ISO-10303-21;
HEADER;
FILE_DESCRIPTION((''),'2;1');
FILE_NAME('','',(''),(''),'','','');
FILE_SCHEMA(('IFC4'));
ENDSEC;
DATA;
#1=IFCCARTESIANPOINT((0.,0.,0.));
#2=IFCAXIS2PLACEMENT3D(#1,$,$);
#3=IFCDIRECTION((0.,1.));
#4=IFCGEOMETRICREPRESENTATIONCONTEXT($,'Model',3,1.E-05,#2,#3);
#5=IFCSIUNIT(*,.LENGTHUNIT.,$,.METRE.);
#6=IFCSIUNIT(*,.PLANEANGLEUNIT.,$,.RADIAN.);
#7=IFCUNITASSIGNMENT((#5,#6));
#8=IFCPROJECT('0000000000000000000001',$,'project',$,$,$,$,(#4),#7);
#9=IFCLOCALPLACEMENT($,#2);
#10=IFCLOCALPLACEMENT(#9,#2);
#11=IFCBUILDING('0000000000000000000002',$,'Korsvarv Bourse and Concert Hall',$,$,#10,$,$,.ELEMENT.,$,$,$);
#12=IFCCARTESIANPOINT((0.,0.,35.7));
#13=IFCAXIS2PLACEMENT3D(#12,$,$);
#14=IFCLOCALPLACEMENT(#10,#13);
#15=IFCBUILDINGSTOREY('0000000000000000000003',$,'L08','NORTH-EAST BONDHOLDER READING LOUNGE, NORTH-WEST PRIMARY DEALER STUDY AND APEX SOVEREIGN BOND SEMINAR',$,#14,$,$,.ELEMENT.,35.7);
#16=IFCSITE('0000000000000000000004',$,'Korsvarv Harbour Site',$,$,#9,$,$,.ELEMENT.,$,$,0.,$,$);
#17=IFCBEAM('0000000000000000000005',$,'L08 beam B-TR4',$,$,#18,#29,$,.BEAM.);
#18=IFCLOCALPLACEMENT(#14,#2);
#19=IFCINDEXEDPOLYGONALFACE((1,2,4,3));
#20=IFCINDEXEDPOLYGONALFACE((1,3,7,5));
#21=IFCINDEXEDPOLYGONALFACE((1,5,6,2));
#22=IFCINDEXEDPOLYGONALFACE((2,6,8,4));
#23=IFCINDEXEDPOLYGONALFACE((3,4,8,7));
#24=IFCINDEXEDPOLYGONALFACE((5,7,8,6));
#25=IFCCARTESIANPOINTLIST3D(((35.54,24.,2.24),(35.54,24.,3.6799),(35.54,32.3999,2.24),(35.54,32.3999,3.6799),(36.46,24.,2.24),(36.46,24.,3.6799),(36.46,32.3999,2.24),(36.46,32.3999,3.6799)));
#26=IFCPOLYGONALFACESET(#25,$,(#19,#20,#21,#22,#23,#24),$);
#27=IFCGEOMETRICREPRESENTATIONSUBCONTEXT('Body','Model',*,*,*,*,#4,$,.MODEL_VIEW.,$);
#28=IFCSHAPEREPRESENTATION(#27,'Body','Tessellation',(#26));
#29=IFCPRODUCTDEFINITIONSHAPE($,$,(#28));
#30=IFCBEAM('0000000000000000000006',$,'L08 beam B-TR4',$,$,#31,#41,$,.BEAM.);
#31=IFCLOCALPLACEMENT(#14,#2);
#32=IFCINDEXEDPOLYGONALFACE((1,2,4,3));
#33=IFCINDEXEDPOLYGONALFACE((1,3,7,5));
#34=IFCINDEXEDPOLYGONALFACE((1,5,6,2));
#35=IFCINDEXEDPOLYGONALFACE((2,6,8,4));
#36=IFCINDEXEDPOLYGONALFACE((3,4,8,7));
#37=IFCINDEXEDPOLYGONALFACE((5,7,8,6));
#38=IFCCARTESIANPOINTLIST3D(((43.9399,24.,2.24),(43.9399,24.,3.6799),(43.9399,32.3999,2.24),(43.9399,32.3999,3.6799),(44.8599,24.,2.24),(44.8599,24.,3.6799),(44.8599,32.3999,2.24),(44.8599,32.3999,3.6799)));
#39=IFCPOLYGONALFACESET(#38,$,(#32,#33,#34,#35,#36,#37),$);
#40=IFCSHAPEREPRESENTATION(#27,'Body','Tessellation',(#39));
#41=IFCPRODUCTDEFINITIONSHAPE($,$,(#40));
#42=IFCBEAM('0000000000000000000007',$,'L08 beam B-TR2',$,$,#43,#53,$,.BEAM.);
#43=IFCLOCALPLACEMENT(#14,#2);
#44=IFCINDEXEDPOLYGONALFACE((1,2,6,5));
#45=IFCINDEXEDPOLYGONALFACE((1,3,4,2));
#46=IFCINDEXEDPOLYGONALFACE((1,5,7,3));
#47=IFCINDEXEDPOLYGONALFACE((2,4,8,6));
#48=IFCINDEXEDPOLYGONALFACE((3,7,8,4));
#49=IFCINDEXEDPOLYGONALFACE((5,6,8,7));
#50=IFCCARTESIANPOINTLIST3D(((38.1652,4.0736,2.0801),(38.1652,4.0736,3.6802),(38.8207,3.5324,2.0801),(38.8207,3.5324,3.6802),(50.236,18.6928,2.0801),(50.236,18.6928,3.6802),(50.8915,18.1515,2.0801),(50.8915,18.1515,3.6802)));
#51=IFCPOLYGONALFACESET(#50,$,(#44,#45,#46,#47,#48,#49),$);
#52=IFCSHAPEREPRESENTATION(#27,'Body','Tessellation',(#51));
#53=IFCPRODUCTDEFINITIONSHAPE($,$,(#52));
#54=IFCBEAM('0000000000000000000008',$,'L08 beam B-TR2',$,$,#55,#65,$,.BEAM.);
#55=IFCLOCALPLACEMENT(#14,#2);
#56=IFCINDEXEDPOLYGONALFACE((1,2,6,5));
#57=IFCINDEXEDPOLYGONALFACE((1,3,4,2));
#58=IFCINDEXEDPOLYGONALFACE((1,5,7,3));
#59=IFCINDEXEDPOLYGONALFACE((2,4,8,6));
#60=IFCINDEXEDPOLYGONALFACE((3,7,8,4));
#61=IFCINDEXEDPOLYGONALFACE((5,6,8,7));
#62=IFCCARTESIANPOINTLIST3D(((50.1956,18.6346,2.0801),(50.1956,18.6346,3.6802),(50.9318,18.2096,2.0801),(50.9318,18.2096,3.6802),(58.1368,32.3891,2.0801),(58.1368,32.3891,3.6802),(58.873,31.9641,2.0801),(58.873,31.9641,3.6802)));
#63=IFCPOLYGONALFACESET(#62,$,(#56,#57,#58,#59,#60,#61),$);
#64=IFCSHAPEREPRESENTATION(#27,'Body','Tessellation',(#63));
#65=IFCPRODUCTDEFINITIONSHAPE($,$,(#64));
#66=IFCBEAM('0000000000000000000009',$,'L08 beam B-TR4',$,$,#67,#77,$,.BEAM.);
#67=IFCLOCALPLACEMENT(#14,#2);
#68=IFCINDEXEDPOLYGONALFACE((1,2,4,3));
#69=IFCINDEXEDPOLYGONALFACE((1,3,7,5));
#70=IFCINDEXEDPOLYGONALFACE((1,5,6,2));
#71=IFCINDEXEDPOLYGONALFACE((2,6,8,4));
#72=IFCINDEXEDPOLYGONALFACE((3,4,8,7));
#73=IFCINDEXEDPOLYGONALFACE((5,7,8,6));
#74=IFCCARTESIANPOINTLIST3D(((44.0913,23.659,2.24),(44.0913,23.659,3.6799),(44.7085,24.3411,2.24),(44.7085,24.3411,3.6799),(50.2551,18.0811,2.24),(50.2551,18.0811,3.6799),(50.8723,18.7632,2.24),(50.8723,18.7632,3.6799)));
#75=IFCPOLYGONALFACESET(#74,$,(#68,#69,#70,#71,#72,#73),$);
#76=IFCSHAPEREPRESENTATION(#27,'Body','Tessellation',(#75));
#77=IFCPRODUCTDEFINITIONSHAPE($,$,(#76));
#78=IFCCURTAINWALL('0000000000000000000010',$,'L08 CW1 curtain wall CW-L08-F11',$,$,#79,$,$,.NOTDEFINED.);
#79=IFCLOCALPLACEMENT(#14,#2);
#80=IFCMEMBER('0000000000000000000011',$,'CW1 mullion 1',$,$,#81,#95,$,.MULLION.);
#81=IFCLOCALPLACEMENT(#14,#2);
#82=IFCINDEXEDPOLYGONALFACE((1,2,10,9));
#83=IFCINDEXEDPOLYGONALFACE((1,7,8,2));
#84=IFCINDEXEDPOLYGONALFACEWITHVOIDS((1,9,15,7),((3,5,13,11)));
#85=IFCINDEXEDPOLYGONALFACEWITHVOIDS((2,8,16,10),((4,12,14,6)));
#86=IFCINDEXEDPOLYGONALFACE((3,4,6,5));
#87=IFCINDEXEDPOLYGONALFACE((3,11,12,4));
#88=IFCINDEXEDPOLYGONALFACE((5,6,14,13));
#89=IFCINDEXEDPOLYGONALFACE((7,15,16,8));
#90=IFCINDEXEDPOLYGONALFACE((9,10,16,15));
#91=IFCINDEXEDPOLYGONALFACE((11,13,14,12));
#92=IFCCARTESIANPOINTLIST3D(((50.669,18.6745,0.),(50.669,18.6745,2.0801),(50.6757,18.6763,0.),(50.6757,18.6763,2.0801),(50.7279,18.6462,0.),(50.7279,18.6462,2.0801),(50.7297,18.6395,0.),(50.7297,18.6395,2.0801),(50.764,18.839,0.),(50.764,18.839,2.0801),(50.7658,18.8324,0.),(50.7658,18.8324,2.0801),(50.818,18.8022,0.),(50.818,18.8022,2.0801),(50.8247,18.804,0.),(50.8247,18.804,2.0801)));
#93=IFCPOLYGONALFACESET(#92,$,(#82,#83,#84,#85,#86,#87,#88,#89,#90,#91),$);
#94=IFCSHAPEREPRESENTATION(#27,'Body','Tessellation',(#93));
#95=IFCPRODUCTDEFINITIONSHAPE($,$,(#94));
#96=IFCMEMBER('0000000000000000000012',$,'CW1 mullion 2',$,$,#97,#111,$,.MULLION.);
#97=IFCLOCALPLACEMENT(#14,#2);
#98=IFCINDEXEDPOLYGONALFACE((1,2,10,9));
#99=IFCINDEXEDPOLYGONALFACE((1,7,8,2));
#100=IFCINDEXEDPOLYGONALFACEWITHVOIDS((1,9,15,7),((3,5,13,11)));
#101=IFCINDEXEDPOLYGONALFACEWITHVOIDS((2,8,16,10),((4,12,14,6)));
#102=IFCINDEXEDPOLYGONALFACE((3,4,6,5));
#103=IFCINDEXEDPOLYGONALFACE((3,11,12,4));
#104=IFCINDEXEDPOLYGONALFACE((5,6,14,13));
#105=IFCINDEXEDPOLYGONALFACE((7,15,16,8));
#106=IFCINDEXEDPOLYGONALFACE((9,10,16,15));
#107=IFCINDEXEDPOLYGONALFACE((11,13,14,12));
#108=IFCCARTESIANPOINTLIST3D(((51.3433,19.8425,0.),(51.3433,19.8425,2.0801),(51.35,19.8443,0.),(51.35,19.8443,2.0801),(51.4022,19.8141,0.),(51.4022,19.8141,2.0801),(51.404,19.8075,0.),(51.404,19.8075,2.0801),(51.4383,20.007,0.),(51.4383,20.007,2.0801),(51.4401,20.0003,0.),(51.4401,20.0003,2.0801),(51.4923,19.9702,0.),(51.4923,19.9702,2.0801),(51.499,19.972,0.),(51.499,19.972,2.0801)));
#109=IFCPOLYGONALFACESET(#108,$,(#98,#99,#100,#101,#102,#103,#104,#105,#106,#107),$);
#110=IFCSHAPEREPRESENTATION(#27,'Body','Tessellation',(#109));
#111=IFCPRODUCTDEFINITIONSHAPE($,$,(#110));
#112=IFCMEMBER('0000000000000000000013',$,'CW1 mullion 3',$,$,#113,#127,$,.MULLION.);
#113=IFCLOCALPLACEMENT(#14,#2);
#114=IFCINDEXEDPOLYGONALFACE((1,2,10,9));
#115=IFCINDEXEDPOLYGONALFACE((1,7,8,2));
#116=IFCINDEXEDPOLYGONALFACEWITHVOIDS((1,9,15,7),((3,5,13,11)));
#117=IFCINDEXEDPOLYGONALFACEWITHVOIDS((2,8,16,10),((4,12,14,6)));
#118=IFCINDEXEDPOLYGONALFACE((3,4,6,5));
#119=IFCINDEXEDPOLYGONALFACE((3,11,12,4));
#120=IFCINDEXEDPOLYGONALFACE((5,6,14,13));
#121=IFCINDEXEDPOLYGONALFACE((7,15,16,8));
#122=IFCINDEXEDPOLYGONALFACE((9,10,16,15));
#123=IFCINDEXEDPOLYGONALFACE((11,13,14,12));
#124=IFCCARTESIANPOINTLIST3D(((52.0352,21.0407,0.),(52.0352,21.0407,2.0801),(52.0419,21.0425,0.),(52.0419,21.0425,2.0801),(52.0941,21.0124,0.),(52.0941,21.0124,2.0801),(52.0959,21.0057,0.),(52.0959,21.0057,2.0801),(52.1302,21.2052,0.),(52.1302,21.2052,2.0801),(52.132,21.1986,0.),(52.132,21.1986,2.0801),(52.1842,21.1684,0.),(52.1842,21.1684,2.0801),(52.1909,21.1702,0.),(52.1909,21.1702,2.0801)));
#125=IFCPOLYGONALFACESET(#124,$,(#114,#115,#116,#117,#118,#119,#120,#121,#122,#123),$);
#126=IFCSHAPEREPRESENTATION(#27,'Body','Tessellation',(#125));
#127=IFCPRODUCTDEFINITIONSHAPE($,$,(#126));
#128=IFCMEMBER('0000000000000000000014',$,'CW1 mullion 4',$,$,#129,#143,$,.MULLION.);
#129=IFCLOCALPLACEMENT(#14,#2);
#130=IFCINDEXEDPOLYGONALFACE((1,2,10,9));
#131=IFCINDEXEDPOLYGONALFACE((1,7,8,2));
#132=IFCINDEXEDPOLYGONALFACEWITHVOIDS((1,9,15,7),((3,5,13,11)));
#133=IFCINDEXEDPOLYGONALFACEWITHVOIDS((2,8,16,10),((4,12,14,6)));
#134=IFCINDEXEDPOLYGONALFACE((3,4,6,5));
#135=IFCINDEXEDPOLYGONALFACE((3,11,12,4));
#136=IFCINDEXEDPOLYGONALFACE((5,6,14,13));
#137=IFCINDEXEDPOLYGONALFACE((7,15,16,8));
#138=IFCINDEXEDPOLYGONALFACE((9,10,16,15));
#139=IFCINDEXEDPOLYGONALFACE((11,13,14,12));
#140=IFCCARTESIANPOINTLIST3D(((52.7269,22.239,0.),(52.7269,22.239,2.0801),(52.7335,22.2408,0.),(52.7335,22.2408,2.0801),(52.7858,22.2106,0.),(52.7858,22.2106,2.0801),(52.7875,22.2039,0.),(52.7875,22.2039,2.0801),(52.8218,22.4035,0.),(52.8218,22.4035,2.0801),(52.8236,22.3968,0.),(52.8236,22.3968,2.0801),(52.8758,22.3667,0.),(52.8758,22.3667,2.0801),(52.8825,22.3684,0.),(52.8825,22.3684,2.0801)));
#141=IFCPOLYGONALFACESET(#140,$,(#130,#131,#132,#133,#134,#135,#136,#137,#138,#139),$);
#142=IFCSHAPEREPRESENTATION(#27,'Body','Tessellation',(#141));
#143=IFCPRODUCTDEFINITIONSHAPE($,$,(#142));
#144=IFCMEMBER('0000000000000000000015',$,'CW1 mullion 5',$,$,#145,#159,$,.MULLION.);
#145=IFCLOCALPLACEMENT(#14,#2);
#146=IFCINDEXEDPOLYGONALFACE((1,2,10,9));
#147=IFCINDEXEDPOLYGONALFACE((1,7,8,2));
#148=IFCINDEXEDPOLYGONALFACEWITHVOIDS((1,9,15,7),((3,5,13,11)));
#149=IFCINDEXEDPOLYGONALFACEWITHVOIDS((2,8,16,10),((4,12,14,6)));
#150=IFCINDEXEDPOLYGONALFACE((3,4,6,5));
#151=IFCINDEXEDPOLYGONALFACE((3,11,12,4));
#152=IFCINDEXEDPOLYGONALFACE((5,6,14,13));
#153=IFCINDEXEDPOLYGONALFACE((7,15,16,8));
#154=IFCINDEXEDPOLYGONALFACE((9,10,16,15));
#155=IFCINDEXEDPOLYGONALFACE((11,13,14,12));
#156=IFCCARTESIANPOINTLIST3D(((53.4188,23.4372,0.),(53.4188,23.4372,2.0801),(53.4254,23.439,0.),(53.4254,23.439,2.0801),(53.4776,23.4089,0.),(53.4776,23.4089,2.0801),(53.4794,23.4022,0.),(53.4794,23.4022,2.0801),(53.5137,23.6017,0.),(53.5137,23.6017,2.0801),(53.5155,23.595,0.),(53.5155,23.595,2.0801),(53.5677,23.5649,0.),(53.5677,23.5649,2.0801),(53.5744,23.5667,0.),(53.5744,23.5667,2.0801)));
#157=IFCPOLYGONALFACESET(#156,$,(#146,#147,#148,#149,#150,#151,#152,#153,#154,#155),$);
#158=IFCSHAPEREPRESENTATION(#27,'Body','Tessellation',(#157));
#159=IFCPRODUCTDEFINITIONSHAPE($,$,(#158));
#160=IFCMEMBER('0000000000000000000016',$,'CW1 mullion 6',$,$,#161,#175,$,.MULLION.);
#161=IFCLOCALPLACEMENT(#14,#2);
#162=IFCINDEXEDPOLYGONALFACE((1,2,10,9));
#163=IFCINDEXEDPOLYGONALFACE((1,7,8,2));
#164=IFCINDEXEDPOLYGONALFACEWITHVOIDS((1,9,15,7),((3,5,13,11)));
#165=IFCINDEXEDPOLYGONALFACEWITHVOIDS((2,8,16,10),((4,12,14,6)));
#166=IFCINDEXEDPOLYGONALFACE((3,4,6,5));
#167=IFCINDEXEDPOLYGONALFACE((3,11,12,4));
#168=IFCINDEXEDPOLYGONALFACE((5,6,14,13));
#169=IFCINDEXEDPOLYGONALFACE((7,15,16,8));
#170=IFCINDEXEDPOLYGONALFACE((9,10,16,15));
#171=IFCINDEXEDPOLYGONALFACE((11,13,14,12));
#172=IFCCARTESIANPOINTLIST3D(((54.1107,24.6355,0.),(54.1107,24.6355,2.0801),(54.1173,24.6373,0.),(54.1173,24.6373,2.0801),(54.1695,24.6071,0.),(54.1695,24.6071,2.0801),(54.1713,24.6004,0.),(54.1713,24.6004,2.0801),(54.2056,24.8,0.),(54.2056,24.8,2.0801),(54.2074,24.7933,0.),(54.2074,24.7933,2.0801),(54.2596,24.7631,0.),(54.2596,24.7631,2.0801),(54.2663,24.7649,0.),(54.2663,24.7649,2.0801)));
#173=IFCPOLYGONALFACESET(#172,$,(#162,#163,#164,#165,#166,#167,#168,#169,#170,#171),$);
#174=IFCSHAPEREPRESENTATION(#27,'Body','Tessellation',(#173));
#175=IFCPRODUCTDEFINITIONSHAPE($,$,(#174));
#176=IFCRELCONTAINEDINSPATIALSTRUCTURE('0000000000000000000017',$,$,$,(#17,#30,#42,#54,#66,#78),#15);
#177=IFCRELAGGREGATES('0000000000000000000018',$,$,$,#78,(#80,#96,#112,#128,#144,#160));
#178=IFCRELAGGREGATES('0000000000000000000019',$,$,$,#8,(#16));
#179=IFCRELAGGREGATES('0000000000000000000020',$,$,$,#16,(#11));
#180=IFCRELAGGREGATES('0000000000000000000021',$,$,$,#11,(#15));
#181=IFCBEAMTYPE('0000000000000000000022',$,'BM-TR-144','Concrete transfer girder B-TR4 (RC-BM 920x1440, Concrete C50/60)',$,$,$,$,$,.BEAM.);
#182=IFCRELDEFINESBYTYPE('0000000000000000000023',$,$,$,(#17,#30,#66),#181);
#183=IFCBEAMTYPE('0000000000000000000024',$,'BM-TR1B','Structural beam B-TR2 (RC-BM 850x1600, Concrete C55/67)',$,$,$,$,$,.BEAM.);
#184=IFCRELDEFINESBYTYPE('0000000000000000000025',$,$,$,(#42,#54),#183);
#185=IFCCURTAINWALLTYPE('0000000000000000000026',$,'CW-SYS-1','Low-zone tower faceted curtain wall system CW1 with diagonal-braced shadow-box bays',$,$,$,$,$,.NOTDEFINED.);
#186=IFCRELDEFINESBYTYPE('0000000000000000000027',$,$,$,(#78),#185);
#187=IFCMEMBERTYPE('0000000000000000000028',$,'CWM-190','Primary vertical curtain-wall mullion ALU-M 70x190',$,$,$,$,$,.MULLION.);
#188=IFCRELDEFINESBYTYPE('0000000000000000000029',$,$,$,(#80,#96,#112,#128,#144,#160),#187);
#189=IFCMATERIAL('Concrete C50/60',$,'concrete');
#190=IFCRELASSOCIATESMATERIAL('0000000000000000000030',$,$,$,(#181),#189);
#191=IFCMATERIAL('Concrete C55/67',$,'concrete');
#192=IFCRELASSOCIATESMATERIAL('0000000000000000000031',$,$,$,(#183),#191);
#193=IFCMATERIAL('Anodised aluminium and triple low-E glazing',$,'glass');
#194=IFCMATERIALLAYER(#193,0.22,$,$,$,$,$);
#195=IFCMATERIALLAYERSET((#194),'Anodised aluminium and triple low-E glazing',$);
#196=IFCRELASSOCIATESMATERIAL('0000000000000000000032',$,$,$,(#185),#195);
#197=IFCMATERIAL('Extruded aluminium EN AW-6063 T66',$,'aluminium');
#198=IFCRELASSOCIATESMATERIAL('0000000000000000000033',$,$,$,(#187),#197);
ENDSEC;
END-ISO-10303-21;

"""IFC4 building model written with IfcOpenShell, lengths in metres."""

from ifc_helpers import new_model, si_unit, direction, frame, origin, origin_2d, place, context, subcontext, project, spatial, rectangle, hollow_rectangle, extrude, source, transform, mapped, material, layer, layer_set, material_profile, profile_set, type_object, element, aggregate, save


model = new_model("IFC4")

# Units and contexts
model_context = context("Model", 3, precision=1e-05, world=origin(), true_north=direction((0.0, 1.0)))
body_context = subcontext(model_context, "Body", "Model", "MODEL_VIEW")
ifc_project = project(units=[si_unit("LENGTHUNIT", "METRE"), si_unit("PLANEANGLEUNIT", "RADIAN")], contexts=[model_context])

# Site, building, storey
site_placement = place(None, origin())
site = spatial("IfcSite", under=ifc_project, at=site_placement, Name="Korsvarv Harbour Site", CompositionType="ELEMENT", RefElevation=0.0)
building_placement = place(site_placement, origin())
building = spatial("IfcBuilding", under=site, at=building_placement, Name="Korsvarv Bourse and Concert Hall", CompositionType="ELEMENT")
storey_placement = place(building_placement, frame((0.0, 0.0, 35.7)))
storey = spatial("IfcBuildingStorey", under=building, at=storey_placement, Name="L08", Description="NORTH-EAST BONDHOLDER READING LOUNGE, NORTH-WEST PRIMARY DEALER STUDY AND APEX SOVEREIGN BOND SEMINAR", CompositionType="ELEMENT", Elevation=35.7)

# Beams
ifc_material_1 = material(Name="Concrete C50/60", Category="concrete")
ifc_material_profile_1 = material_profile(ifc_material_1, rectangle(XDim=0.9199, YDim=1.4399, at=origin_2d()), Name="RC-BM 920x1440")
ifc_profile_set_1 = profile_set([ifc_material_profile_1], Name="Concrete C50/60")
beam_type_1 = type_object("IfcBeamType", Name="BM-TR-144", Description="Concrete transfer girder B-TR4 (RC-BM 920x1440, Concrete C50/60)", PredefinedType="BEAM", material=ifc_profile_set_1)
shared_shape_1 = source(origin(), body_context, "Body", "SweptSolid", [
    extrude(rectangle(XDim=0.9199, YDim=1.4399, at=origin_2d()), origin(), (0.0, 0.0, 1.0), 8.3999),
])
for number, where, z_axis, x_axis, name in (
    (1, (36.0, 24.0, 2.96), (0.0, 1.0, 0.0), (-1.0, 0.0, 0.0), "L08 beam B-TR4"),
    (2, (44.3999, 24.0, 2.96), (0.0, 1.0, 0.0), (-1.0, 0.0, 0.0), "L08 beam B-TR4"),
):
    element("IfcBeam", number, at=place(storey_placement, frame(where, z_axis=z_axis, x_axis=x_axis)), inside=storey, type_object=beam_type_1, Name=name, PredefinedType="BEAM", context=body_context, shape_type="MappedRepresentation", body=[
        mapped(shared_shape_1, transform((0.0, 0.0, 0.0), scale=1.0)),
    ])
ifc_material_2 = material(Name="Concrete C55/67", Category="concrete")
ifc_material_profile_2 = material_profile(ifc_material_2, rectangle(XDim=0.8501, YDim=1.6001, at=origin_2d()), Name="RC-BM 850x1600")
ifc_profile_set_2 = profile_set([ifc_material_profile_2], Name="Concrete C55/67")
beam_type_2 = type_object("IfcBeamType", Name="BM-TR1B", Description="Structural beam B-TR2 (RC-BM 850x1600, Concrete C55/67)", PredefinedType="BEAM", material=ifc_profile_set_2)
shared_shape_2 = source(origin(), body_context, "Body", "SweptSolid", [
    extrude(rectangle(XDim=0.8501, YDim=1.6001, at=origin_2d()), origin(), (0.0, 0.0, 1.0), 18.9585),
])
beam_1_placement = place(storey_placement, frame((38.4929, 3.803, 2.8801), z_axis=(0.636697, 0.771114, 0.0), x_axis=(-0.771114, 0.636697, 0.0)))
element("IfcBeam", 3, at=beam_1_placement, inside=storey, type_object=beam_type_2, Name="L08 beam B-TR2", PredefinedType="BEAM", context=body_context, shape_type="MappedRepresentation", body=[
    mapped(shared_shape_2, transform((0.0, 0.0, 0.0), scale=1.0)),
])
shared_shape_3 = source(origin(), body_context, "Body", "SweptSolid", [
    extrude(rectangle(XDim=0.8501, YDim=1.6001, at=origin_2d()), origin(), (0.0, 0.0, 1.0), 15.8823),
])
beam_2_placement = place(storey_placement, frame((50.5637, 18.4221, 2.8801), z_axis=(0.500003, 0.866024, 0.0), x_axis=(-0.866024, 0.500003, 0.0)))
element("IfcBeam", 4, at=beam_2_placement, inside=storey, type_object=beam_type_2, Name="L08 beam B-TR2", PredefinedType="BEAM", context=body_context, shape_type="MappedRepresentation", body=[
    mapped(shared_shape_3, transform((0.0, 0.0, 0.0), scale=1.0)),
])
shared_shape_4 = source(origin(), body_context, "Body", "SweptSolid", [
    extrude(rectangle(XDim=0.9199, YDim=1.4399, at=origin_2d()), origin(), (0.0, 0.0, 1.0), 8.313),
])
beam_3_placement = place(storey_placement, frame((50.5637, 18.4221, 2.96), z_axis=(-0.74147, 0.670986, 0.0), x_axis=(-0.670986, -0.74147, 0.0)))
element("IfcBeam", 5, at=beam_3_placement, inside=storey, type_object=beam_type_1, Name="L08 beam B-TR4", PredefinedType="BEAM", context=body_context, shape_type="MappedRepresentation", body=[
    mapped(shared_shape_4, transform((0.0, 0.0, 0.0), scale=1.0)),
])

# Curtain wall, members
ifc_material_3 = material(Name="Anodised aluminium and triple low-E glazing", Category="glass")
ifc_layer_1 = layer(ifc_material_3, 0.22)
ifc_layer_set_1 = layer_set([ifc_layer_1], Name="Anodised aluminium and triple low-E glazing")
curtain_wall_type = type_object("IfcCurtainWallType", Name="CW-SYS-1", Description="Low-zone tower faceted curtain wall system CW1 with diagonal-braced shadow-box bays", PredefinedType="NOTDEFINED", material=ifc_layer_set_1)
curtain_wall_placement = place(storey_placement, origin())
curtain_wall = element("IfcCurtainWall", 6, at=curtain_wall_placement, inside=storey, type_object=curtain_wall_type, Name="L08 CW1 curtain wall CW-L08-F11", PredefinedType="NOTDEFINED")
ifc_material_4 = material(Name="Extruded aluminium EN AW-6063 T66", Category="aluminium")
ifc_material_profile_3 = material_profile(ifc_material_4, hollow_rectangle(XDim=0.0701, YDim=0.1899, WallThickness=0.0049, at=origin_2d()), Name="ALU-M 70x190")
ifc_profile_set_3 = profile_set([ifc_material_profile_3], Name="Extruded aluminium EN AW-6063 T66")
member_type_1 = type_object("IfcMemberType", Name="CWM-190", Description="Primary vertical curtain-wall mullion ALU-M 70x190", PredefinedType="MULLION", material=ifc_profile_set_3)
shared_shape_5 = source(origin(), body_context, "Body", "SweptSolid", [
    extrude(hollow_rectangle(XDim=0.0701, YDim=0.1899, WallThickness=0.0049, at=origin_2d()), origin(), (0.0, 0.0, 1.0), 2.0801),
])
member_1_placement = place(storey_placement, frame((50.7468, 18.7393, 0.0), z_axis=(0.0, 0.0, 1.0), x_axis=(-0.866026, 0.5, 0.0)))
member_1 = element("IfcMember", 7, at=member_1_placement, type_object=member_type_1, Name="CW1 mullion 1", PredefinedType="MULLION", context=body_context, shape_type="MappedRepresentation", body=[
    mapped(shared_shape_5, transform((0.0, 0.0, 0.0), scale=1.0)),
])
member_2_placement = place(storey_placement, frame((51.4211, 19.9072, 0.0), z_axis=(0.0, 0.0, 1.0), x_axis=(-0.866026, 0.5, 0.0)))
member_2 = element("IfcMember", 8, at=member_2_placement, type_object=member_type_1, Name="CW1 mullion 2", PredefinedType="MULLION", context=body_context, shape_type="MappedRepresentation", body=[
    mapped(shared_shape_5, transform((0.0, 0.0, 0.0), scale=1.0)),
])
member_3_placement = place(storey_placement, frame((52.113, 21.1055, 0.0), z_axis=(0.0, 0.0, 1.0), x_axis=(-0.866026, 0.5, 0.0)))
member_3 = element("IfcMember", 9, at=member_3_placement, type_object=member_type_1, Name="CW1 mullion 3", PredefinedType="MULLION", context=body_context, shape_type="MappedRepresentation", body=[
    mapped(shared_shape_5, transform((0.0, 0.0, 0.0), scale=1.0)),
])
member_4_placement = place(storey_placement, frame((52.8047, 22.3037, 0.0), z_axis=(0.0, 0.0, 1.0), x_axis=(-0.866026, 0.5, 0.0)))
member_4 = element("IfcMember", 10, at=member_4_placement, type_object=member_type_1, Name="CW1 mullion 4", PredefinedType="MULLION", context=body_context, shape_type="MappedRepresentation", body=[
    mapped(shared_shape_5, transform((0.0, 0.0, 0.0), scale=1.0)),
])
member_5_placement = place(storey_placement, frame((53.4966, 23.502, 0.0), z_axis=(0.0, 0.0, 1.0), x_axis=(-0.866026, 0.5, 0.0)))
member_5 = element("IfcMember", 11, at=member_5_placement, type_object=member_type_1, Name="CW1 mullion 5", PredefinedType="MULLION", context=body_context, shape_type="MappedRepresentation", body=[
    mapped(shared_shape_5, transform((0.0, 0.0, 0.0), scale=1.0)),
])
member_6_placement = place(storey_placement, frame((54.1885, 24.7002, 0.0), z_axis=(0.0, 0.0, 1.0), x_axis=(-0.866026, 0.5, 0.0)))
member_6 = element("IfcMember", 12, at=member_6_placement, type_object=member_type_1, Name="CW1 mullion 6", PredefinedType="MULLION", context=body_context, shape_type="MappedRepresentation", body=[
    mapped(shared_shape_5, transform((0.0, 0.0, 0.0), scale=1.0)),
])
aggregate(curtain_wall, [member_1, member_2, member_3, member_4, member_5, member_6])

save(model, "model.ifc")
